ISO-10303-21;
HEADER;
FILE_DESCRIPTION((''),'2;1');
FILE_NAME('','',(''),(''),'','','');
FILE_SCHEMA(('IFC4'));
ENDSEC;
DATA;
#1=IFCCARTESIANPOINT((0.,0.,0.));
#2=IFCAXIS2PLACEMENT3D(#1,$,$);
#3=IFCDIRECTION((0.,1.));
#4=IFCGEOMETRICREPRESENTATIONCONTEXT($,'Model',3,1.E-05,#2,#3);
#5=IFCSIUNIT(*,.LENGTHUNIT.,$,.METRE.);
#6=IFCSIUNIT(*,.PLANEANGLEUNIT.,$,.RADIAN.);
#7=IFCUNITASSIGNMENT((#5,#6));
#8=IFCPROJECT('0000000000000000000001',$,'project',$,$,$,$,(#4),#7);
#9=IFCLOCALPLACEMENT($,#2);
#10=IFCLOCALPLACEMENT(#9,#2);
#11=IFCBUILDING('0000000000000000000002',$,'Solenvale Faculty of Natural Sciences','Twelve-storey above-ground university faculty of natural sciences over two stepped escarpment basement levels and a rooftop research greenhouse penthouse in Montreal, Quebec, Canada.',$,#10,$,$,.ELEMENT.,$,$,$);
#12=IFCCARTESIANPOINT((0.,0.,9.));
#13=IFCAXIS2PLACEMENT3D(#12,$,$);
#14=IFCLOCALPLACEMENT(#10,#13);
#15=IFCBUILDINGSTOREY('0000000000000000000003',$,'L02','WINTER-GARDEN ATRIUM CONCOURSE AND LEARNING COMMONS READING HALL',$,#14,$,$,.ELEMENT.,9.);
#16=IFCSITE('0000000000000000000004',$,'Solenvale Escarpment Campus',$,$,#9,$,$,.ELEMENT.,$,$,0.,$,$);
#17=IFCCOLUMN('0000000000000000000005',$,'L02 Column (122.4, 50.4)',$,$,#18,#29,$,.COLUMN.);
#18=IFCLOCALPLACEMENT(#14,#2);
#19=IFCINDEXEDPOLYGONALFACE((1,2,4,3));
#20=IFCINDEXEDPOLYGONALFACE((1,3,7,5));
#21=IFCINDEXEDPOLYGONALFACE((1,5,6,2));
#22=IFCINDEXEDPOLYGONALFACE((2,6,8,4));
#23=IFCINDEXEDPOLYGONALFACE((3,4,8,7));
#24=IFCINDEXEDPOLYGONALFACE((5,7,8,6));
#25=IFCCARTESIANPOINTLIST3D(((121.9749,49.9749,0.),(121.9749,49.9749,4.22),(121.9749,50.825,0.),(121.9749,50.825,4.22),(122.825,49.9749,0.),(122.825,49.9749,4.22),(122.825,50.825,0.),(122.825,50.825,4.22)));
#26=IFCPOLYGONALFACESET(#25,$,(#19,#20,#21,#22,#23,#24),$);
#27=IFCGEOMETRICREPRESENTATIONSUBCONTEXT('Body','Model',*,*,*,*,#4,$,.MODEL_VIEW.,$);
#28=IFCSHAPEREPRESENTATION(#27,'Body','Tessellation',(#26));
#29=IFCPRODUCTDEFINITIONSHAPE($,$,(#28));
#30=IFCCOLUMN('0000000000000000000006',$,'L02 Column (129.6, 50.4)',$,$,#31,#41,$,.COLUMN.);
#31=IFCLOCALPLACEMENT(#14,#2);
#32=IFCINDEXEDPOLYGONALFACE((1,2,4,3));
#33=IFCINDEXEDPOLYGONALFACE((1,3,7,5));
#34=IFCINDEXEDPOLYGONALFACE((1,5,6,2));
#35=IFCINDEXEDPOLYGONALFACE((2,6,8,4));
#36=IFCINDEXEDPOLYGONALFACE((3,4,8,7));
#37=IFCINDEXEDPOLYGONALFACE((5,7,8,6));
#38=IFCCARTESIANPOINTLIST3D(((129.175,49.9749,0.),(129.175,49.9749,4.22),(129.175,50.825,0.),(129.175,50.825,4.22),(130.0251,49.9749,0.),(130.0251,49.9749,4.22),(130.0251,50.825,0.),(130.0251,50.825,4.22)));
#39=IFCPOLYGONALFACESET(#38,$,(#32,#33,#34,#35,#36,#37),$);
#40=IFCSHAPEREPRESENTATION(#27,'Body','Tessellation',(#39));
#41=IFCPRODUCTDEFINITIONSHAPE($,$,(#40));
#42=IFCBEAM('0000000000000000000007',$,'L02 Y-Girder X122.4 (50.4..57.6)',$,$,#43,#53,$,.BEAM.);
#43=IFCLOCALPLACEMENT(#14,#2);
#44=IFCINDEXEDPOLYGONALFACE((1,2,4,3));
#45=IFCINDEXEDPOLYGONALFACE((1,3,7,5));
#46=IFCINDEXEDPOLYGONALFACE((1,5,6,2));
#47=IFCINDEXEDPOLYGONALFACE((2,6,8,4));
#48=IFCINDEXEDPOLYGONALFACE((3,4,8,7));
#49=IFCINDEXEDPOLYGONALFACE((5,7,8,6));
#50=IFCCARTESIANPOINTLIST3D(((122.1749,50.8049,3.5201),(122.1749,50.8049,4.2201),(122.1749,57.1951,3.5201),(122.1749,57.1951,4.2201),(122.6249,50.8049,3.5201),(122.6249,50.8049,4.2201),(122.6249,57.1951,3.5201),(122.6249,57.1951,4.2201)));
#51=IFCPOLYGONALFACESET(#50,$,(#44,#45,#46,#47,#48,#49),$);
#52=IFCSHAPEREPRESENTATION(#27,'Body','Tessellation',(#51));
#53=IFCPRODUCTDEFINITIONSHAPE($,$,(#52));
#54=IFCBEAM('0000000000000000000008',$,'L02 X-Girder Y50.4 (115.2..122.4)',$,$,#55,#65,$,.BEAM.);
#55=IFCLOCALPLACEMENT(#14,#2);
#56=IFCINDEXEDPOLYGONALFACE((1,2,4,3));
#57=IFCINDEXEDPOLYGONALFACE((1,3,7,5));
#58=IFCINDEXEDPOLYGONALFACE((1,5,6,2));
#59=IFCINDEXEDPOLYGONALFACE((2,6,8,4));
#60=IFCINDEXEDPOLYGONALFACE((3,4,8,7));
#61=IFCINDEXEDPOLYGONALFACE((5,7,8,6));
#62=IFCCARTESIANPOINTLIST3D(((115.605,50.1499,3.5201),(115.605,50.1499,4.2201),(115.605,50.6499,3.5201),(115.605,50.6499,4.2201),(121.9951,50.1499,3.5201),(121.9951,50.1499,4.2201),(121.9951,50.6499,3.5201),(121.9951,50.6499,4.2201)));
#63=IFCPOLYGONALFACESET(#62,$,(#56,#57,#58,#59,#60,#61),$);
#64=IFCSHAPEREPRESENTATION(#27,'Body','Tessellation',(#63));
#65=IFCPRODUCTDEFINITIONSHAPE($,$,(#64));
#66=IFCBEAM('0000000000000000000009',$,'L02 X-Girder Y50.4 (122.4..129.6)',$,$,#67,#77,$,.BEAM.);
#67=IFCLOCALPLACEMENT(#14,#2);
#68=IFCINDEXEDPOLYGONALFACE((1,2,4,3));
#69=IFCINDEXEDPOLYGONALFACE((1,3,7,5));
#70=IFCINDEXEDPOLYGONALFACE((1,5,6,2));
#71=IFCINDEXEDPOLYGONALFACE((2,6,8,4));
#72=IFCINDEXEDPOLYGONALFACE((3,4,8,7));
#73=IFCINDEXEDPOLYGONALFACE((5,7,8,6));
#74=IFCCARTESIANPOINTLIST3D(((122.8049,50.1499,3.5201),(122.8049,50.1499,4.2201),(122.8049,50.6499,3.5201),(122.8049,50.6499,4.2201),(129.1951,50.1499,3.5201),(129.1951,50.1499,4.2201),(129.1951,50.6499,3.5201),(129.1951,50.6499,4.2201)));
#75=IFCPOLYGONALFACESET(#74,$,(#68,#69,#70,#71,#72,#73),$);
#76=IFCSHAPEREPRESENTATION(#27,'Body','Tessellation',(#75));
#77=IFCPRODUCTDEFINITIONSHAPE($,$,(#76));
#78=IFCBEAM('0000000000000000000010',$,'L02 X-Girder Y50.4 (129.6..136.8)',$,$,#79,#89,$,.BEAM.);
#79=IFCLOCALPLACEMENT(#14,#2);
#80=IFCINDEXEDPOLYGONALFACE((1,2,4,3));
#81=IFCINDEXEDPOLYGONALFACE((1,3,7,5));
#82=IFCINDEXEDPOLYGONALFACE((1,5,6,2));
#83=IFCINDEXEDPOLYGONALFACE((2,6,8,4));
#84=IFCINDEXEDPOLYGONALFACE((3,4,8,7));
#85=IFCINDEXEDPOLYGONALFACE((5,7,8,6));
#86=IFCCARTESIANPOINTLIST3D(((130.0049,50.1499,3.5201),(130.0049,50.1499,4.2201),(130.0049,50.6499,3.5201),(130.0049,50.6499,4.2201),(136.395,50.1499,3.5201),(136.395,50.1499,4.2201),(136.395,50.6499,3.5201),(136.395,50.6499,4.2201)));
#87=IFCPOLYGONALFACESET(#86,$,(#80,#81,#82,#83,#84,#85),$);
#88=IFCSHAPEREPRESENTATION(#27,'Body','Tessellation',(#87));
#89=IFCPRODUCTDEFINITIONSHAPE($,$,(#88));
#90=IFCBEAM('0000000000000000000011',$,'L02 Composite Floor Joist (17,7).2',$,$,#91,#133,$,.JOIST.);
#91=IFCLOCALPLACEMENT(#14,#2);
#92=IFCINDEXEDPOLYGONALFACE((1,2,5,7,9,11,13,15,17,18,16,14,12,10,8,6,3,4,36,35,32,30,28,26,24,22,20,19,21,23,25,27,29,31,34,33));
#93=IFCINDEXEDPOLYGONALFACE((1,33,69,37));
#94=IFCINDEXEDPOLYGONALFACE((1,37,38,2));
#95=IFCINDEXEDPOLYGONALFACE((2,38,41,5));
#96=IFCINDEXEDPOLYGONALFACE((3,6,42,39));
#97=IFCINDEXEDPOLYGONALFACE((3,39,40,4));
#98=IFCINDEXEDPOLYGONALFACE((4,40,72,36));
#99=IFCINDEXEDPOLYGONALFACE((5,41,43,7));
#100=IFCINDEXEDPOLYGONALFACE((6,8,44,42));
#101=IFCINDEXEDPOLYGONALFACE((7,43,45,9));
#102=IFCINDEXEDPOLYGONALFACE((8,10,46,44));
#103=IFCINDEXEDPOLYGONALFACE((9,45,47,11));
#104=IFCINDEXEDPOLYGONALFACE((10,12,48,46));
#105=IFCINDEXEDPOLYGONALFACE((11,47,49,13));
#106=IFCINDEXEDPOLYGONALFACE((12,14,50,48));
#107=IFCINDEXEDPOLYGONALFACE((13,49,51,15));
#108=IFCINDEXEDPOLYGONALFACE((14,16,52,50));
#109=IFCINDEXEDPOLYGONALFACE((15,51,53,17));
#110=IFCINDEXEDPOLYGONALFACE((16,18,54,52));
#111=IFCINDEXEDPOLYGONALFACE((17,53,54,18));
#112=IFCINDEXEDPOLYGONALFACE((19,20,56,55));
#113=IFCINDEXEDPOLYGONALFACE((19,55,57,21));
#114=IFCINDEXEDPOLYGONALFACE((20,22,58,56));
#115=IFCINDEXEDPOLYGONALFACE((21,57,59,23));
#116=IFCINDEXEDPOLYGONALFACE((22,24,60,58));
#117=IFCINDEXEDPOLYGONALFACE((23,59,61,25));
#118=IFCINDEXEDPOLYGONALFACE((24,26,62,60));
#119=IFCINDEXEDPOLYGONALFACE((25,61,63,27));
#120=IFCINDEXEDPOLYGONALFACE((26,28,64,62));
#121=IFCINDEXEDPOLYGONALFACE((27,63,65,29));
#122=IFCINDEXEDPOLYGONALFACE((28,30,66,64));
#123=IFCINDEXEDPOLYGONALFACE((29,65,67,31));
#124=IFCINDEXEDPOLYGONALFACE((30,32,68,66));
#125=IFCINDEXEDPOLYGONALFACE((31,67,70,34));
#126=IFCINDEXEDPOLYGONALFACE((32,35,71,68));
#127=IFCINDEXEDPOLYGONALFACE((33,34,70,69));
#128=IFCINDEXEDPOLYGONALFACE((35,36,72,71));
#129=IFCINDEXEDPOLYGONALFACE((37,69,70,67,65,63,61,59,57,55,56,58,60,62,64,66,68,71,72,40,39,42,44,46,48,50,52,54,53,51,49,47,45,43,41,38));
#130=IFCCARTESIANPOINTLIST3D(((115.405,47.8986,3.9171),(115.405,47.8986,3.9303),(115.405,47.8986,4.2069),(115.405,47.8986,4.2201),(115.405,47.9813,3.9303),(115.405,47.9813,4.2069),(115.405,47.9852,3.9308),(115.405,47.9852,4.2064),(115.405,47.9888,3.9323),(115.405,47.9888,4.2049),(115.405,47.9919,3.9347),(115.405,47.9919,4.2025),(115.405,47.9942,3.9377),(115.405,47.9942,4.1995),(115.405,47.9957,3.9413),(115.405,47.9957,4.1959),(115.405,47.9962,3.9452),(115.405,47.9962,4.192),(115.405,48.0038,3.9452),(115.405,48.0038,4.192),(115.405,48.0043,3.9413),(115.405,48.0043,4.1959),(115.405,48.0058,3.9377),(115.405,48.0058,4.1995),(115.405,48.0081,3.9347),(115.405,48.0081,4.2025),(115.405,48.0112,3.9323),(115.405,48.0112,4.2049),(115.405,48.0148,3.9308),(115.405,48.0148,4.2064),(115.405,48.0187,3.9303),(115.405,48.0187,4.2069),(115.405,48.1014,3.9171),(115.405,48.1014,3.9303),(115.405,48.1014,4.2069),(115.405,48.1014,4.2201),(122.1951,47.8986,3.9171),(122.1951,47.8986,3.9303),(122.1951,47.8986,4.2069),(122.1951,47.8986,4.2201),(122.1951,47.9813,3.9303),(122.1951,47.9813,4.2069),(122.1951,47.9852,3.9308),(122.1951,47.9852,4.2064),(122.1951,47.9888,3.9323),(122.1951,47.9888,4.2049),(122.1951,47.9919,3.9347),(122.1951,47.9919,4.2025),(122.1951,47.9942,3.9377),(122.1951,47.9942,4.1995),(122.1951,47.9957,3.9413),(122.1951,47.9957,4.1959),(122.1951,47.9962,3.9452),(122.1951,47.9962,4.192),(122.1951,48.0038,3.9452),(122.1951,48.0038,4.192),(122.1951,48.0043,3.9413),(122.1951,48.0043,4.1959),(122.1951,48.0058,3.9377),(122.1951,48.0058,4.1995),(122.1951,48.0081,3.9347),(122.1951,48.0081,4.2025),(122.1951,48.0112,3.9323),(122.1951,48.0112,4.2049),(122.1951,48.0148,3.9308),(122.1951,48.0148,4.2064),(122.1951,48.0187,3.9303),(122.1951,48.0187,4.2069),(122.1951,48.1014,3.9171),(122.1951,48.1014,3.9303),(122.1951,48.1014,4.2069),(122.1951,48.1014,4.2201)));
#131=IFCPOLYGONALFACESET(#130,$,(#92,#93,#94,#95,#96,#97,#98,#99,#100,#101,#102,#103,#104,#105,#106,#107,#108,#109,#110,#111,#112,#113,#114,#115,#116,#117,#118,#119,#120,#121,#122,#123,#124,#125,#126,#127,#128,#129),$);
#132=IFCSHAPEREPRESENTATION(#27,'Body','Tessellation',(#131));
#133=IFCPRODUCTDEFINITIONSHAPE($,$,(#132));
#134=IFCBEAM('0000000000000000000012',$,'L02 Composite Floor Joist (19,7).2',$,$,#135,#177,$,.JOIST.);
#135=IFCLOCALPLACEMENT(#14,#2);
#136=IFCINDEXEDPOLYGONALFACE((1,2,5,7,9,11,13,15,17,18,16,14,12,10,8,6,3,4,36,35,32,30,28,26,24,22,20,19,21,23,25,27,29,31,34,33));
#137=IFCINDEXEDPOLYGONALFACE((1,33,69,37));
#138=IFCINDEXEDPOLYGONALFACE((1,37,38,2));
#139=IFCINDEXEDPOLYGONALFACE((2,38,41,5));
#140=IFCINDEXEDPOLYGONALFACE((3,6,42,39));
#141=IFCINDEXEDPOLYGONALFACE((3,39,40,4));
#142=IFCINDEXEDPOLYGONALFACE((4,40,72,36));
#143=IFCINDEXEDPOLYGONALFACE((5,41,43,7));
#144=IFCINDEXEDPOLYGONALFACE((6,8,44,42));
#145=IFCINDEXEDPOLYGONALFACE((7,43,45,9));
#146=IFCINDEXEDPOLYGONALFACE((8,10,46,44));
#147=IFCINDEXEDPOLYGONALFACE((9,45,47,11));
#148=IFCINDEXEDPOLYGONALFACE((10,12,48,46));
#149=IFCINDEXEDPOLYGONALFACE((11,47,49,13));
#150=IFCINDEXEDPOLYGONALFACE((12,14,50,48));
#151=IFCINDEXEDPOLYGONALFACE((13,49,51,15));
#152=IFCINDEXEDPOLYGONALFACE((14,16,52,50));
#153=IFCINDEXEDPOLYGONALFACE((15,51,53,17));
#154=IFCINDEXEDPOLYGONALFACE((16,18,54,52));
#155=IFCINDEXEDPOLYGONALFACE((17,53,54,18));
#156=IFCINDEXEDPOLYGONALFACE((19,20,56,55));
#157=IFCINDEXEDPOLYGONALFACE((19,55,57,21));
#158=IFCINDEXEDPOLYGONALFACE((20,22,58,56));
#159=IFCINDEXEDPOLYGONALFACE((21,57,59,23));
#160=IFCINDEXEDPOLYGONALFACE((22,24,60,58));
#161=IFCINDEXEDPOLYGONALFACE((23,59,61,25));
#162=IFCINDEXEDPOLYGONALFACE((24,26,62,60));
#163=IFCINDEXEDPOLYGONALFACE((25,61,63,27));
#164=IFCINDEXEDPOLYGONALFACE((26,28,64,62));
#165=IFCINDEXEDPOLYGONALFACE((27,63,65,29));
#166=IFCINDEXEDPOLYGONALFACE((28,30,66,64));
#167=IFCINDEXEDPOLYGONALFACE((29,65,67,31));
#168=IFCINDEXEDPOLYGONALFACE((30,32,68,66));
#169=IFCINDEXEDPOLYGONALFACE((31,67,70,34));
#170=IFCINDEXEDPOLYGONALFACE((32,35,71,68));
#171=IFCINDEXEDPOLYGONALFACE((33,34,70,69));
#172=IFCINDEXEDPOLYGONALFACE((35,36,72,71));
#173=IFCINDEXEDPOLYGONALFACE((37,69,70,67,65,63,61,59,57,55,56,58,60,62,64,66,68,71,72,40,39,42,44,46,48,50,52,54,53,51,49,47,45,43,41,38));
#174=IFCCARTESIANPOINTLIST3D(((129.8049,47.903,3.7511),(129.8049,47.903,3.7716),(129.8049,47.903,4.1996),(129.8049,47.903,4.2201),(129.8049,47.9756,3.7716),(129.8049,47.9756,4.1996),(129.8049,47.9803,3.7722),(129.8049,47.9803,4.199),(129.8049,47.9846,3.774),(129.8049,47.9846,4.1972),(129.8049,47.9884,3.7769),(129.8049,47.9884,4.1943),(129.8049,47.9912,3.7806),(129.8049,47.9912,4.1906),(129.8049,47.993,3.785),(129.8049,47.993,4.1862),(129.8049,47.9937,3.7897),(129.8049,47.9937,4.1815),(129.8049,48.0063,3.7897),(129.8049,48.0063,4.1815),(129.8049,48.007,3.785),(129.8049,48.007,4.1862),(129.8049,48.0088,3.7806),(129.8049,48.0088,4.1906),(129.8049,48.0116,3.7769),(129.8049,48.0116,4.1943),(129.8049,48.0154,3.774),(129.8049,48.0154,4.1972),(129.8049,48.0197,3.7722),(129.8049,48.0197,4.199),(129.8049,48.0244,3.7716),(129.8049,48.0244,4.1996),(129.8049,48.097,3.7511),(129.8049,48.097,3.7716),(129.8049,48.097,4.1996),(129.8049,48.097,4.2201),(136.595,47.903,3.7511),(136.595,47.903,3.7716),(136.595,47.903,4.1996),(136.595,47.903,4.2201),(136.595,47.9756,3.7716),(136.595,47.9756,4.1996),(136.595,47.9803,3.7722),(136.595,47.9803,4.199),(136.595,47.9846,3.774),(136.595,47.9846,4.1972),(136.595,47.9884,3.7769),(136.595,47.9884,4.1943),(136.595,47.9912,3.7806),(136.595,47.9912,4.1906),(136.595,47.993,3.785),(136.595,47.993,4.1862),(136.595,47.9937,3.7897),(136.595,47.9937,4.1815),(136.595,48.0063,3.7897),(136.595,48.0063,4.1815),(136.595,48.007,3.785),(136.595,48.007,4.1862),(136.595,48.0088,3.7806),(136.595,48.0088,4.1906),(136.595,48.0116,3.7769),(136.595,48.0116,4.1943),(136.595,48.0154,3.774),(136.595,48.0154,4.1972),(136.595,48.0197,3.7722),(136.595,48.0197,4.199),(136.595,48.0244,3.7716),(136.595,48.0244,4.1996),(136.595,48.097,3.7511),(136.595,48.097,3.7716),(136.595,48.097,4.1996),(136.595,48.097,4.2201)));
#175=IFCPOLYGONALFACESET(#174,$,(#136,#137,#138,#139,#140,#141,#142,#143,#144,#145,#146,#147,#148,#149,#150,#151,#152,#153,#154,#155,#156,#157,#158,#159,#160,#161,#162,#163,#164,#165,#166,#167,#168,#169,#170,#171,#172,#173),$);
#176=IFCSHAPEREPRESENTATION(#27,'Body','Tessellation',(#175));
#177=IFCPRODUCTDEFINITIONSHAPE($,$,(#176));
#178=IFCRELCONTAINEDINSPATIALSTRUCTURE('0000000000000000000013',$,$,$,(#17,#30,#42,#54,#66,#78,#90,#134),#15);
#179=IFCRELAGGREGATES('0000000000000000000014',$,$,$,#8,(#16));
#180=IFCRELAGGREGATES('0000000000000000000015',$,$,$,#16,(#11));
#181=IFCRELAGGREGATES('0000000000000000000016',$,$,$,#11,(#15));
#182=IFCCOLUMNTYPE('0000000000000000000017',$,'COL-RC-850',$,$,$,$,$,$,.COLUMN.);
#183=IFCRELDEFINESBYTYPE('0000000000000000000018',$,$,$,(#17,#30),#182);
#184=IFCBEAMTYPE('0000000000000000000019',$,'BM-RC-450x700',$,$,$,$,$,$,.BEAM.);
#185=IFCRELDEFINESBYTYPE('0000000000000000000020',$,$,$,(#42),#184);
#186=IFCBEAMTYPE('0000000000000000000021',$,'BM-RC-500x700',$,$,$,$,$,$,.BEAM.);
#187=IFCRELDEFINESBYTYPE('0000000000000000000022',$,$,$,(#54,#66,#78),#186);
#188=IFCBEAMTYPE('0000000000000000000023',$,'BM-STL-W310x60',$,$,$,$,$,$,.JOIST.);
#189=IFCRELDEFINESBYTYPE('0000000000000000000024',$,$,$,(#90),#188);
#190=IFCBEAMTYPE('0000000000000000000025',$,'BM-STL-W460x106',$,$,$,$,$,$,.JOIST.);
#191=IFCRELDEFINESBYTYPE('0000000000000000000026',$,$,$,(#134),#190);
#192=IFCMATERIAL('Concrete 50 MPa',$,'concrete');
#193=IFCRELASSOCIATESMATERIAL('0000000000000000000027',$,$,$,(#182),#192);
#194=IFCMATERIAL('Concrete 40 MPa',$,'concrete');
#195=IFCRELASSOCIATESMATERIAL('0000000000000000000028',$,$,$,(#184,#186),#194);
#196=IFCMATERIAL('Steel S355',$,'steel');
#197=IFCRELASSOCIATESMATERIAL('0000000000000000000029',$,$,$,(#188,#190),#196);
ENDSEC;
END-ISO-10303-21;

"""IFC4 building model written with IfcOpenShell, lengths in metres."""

from ifc_helpers import new_model, si_unit, direction, frame, origin, origin_2d, place, context, subcontext, project, spatial, rectangle, i_section, extrude, material, material_profile, profile_set, type_object, element, save


model = new_model("IFC4")

# Units and contexts
model_context = context("Model", 3, precision=1e-05, world=origin(), true_north=direction((0.0, 1.0)))
body_context = subcontext(model_context, "Body", "Model", "MODEL_VIEW")
ifc_project = project(units=[si_unit("LENGTHUNIT", "METRE"), si_unit("PLANEANGLEUNIT", "RADIAN")], contexts=[model_context])

# Site, building, storey
site_placement = place(None, origin())
site = spatial("IfcSite", under=ifc_project, at=site_placement, Name="Solenvale Escarpment Campus", CompositionType="ELEMENT", RefElevation=0.0)
building_placement = place(site_placement, origin())
building = spatial("IfcBuilding", under=site, at=building_placement, Name="Solenvale Faculty of Natural Sciences", Description="Twelve-storey above-ground university faculty of natural sciences over two stepped escarpment basement levels and a rooftop research greenhouse penthouse in Montreal, Quebec, Canada.", CompositionType="ELEMENT")
storey_placement = place(building_placement, frame((0.0, 0.0, 9.0)))
storey = spatial("IfcBuildingStorey", under=building, at=storey_placement, Name="L02", Description="WINTER-GARDEN ATRIUM CONCOURSE AND LEARNING COMMONS READING HALL", CompositionType="ELEMENT", Elevation=9.0)

# Columns
ifc_material_1 = material(Name="Concrete 50 MPa", Category="concrete")
ifc_material_profile_1 = material_profile(ifc_material_1, rectangle(XDim=0.8501, YDim=0.8501, at=origin_2d()), Name="RC-COL-850x850")
ifc_profile_set_1 = profile_set([ifc_material_profile_1], Name="Concrete 50 MPa")
column_type = type_object("IfcColumnType", Name="COL-RC-850", PredefinedType="COLUMN", material=ifc_profile_set_1)
for number, where, z_axis, x_axis, name in (
    (1, (122.3999, 50.3999, 0.0), (0.0, 0.0, 1.0), (1.0, 0.0, 0.0), "L02 Column (122.4, 50.4)"),
    (2, (129.6001, 50.3999, 0.0), (0.0, 0.0, 1.0), (1.0, 0.0, 0.0), "L02 Column (129.6, 50.4)"),
):
    element("IfcColumn", number, at=place(storey_placement, frame(where, z_axis=z_axis, x_axis=x_axis)), inside=storey, type_object=column_type, Name=name, PredefinedType="COLUMN", context=body_context, shape_type="SweptSolid", body=[
        extrude(rectangle(XDim=0.8501, YDim=0.8501, at=origin_2d()), origin(), (0.0, 0.0, 1.0), 4.22),
    ])

# Beams
ifc_material_2 = material(Name="Concrete 40 MPa", Category="concrete")
ifc_material_profile_2 = material_profile(ifc_material_2, rectangle(XDim=0.45, YDim=0.7, at=origin_2d()), Name="RC-BM-450x700")
ifc_profile_set_2 = profile_set([ifc_material_profile_2], Name="Concrete 40 MPa")
beam_type_1 = type_object("IfcBeamType", Name="BM-RC-450x700", PredefinedType="BEAM", material=ifc_profile_set_2)
beam_1_placement = place(storey_placement, frame((122.3999, 50.8049, 3.8701), z_axis=(0.0, 1.0, 0.0), x_axis=(-1.0, 0.0, 0.0)))
element("IfcBeam", 3, at=beam_1_placement, inside=storey, type_object=beam_type_1, Name="L02 Y-Girder X122.4 (50.4..57.6)", PredefinedType="BEAM", context=body_context, shape_type="SweptSolid", body=[
    extrude(rectangle(XDim=0.45, YDim=0.7, at=origin_2d()), origin(), (0.0, 0.0, 1.0), 6.3901),
])
ifc_material_profile_3 = material_profile(ifc_material_2, rectangle(XDim=0.5, YDim=0.7, at=origin_2d()), Name="RC-BM-500x700")
ifc_profile_set_3 = profile_set([ifc_material_profile_3], Name="Concrete 40 MPa")
beam_type_2 = type_object("IfcBeamType", Name="BM-RC-500x700", PredefinedType="BEAM", material=ifc_profile_set_3)
for number, where, z_axis, x_axis, name in (
    (4, (115.605, 50.3999, 3.8701), (1.0, 0.0, 0.0), (0.0, 1.0, 0.0), "L02 X-Girder Y50.4 (115.2..122.4)"),
    (5, (122.8049, 50.3999, 3.8701), (1.0, 0.0, 0.0), (0.0, 1.0, 0.0), "L02 X-Girder Y50.4 (122.4..129.6)"),
    (6, (130.0049, 50.3999, 3.8701), (1.0, 0.0, 0.0), (0.0, 1.0, 0.0), "L02 X-Girder Y50.4 (129.6..136.8)"),
):
    element("IfcBeam", number, at=place(storey_placement, frame(where, z_axis=z_axis, x_axis=x_axis)), inside=storey, type_object=beam_type_2, Name=name, PredefinedType="BEAM", context=body_context, shape_type="SweptSolid", body=[
        extrude(rectangle(XDim=0.5, YDim=0.7, at=origin_2d()), origin(), (0.0, 0.0, 1.0), 6.3901),
    ])
ifc_material_3 = material(Name="Steel S355", Category="steel")
ifc_material_profile_4 = material_profile(ifc_material_3, i_section(OverallWidth=0.2029, OverallDepth=0.303, WebThickness=0.0076, FlangeThickness=0.0132, FilletRadius=0.0149, at=origin_2d()), Name="W310x60")
ifc_profile_set_4 = profile_set([ifc_material_profile_4], Name="Steel S355")
beam_type_3 = type_object("IfcBeamType", Name="BM-STL-W310x60", PredefinedType="JOIST", material=ifc_profile_set_4)
beam_2_placement = place(storey_placement, frame((115.405, 48.0, 4.0686), z_axis=(1.0, 0.0, 0.0), x_axis=(0.0, 1.0, 0.0)))
element("IfcBeam", 7, at=beam_2_placement, inside=storey, type_object=beam_type_3, Name="L02 Composite Floor Joist (17,7).2", PredefinedType="JOIST", context=body_context, shape_type="SweptSolid", body=[
    extrude(i_section(OverallWidth=0.2029, OverallDepth=0.303, WebThickness=0.0076, FlangeThickness=0.0132, FilletRadius=0.0149, at=origin_2d()), origin(), (0.0, 0.0, 1.0), 6.79),
])
ifc_material_profile_5 = material_profile(ifc_material_3, i_section(OverallWidth=0.1941, OverallDepth=0.469, WebThickness=0.0127, FlangeThickness=0.0205, FilletRadius=0.0181, at=origin_2d()), Name="W460x106")
ifc_profile_set_5 = profile_set([ifc_material_profile_5], Name="Steel S355")
beam_type_4 = type_object("IfcBeamType", Name="BM-STL-W460x106", PredefinedType="JOIST", material=ifc_profile_set_5)
beam_3_placement = place(storey_placement, frame((129.8049, 48.0, 3.9856), z_axis=(1.0, 0.0, 0.0), x_axis=(0.0, 1.0, 0.0)))
element("IfcBeam", 8, at=beam_3_placement, inside=storey, type_object=beam_type_4, Name="L02 Composite Floor Joist (19,7).2", PredefinedType="JOIST", context=body_context, shape_type="SweptSolid", body=[
    extrude(i_section(OverallWidth=0.1941, OverallDepth=0.469, WebThickness=0.0127, FlangeThickness=0.0205, FilletRadius=0.0181, at=origin_2d()), origin(), (0.0, 0.0, 1.0), 6.79),
])

save(model, "model.ifc")
